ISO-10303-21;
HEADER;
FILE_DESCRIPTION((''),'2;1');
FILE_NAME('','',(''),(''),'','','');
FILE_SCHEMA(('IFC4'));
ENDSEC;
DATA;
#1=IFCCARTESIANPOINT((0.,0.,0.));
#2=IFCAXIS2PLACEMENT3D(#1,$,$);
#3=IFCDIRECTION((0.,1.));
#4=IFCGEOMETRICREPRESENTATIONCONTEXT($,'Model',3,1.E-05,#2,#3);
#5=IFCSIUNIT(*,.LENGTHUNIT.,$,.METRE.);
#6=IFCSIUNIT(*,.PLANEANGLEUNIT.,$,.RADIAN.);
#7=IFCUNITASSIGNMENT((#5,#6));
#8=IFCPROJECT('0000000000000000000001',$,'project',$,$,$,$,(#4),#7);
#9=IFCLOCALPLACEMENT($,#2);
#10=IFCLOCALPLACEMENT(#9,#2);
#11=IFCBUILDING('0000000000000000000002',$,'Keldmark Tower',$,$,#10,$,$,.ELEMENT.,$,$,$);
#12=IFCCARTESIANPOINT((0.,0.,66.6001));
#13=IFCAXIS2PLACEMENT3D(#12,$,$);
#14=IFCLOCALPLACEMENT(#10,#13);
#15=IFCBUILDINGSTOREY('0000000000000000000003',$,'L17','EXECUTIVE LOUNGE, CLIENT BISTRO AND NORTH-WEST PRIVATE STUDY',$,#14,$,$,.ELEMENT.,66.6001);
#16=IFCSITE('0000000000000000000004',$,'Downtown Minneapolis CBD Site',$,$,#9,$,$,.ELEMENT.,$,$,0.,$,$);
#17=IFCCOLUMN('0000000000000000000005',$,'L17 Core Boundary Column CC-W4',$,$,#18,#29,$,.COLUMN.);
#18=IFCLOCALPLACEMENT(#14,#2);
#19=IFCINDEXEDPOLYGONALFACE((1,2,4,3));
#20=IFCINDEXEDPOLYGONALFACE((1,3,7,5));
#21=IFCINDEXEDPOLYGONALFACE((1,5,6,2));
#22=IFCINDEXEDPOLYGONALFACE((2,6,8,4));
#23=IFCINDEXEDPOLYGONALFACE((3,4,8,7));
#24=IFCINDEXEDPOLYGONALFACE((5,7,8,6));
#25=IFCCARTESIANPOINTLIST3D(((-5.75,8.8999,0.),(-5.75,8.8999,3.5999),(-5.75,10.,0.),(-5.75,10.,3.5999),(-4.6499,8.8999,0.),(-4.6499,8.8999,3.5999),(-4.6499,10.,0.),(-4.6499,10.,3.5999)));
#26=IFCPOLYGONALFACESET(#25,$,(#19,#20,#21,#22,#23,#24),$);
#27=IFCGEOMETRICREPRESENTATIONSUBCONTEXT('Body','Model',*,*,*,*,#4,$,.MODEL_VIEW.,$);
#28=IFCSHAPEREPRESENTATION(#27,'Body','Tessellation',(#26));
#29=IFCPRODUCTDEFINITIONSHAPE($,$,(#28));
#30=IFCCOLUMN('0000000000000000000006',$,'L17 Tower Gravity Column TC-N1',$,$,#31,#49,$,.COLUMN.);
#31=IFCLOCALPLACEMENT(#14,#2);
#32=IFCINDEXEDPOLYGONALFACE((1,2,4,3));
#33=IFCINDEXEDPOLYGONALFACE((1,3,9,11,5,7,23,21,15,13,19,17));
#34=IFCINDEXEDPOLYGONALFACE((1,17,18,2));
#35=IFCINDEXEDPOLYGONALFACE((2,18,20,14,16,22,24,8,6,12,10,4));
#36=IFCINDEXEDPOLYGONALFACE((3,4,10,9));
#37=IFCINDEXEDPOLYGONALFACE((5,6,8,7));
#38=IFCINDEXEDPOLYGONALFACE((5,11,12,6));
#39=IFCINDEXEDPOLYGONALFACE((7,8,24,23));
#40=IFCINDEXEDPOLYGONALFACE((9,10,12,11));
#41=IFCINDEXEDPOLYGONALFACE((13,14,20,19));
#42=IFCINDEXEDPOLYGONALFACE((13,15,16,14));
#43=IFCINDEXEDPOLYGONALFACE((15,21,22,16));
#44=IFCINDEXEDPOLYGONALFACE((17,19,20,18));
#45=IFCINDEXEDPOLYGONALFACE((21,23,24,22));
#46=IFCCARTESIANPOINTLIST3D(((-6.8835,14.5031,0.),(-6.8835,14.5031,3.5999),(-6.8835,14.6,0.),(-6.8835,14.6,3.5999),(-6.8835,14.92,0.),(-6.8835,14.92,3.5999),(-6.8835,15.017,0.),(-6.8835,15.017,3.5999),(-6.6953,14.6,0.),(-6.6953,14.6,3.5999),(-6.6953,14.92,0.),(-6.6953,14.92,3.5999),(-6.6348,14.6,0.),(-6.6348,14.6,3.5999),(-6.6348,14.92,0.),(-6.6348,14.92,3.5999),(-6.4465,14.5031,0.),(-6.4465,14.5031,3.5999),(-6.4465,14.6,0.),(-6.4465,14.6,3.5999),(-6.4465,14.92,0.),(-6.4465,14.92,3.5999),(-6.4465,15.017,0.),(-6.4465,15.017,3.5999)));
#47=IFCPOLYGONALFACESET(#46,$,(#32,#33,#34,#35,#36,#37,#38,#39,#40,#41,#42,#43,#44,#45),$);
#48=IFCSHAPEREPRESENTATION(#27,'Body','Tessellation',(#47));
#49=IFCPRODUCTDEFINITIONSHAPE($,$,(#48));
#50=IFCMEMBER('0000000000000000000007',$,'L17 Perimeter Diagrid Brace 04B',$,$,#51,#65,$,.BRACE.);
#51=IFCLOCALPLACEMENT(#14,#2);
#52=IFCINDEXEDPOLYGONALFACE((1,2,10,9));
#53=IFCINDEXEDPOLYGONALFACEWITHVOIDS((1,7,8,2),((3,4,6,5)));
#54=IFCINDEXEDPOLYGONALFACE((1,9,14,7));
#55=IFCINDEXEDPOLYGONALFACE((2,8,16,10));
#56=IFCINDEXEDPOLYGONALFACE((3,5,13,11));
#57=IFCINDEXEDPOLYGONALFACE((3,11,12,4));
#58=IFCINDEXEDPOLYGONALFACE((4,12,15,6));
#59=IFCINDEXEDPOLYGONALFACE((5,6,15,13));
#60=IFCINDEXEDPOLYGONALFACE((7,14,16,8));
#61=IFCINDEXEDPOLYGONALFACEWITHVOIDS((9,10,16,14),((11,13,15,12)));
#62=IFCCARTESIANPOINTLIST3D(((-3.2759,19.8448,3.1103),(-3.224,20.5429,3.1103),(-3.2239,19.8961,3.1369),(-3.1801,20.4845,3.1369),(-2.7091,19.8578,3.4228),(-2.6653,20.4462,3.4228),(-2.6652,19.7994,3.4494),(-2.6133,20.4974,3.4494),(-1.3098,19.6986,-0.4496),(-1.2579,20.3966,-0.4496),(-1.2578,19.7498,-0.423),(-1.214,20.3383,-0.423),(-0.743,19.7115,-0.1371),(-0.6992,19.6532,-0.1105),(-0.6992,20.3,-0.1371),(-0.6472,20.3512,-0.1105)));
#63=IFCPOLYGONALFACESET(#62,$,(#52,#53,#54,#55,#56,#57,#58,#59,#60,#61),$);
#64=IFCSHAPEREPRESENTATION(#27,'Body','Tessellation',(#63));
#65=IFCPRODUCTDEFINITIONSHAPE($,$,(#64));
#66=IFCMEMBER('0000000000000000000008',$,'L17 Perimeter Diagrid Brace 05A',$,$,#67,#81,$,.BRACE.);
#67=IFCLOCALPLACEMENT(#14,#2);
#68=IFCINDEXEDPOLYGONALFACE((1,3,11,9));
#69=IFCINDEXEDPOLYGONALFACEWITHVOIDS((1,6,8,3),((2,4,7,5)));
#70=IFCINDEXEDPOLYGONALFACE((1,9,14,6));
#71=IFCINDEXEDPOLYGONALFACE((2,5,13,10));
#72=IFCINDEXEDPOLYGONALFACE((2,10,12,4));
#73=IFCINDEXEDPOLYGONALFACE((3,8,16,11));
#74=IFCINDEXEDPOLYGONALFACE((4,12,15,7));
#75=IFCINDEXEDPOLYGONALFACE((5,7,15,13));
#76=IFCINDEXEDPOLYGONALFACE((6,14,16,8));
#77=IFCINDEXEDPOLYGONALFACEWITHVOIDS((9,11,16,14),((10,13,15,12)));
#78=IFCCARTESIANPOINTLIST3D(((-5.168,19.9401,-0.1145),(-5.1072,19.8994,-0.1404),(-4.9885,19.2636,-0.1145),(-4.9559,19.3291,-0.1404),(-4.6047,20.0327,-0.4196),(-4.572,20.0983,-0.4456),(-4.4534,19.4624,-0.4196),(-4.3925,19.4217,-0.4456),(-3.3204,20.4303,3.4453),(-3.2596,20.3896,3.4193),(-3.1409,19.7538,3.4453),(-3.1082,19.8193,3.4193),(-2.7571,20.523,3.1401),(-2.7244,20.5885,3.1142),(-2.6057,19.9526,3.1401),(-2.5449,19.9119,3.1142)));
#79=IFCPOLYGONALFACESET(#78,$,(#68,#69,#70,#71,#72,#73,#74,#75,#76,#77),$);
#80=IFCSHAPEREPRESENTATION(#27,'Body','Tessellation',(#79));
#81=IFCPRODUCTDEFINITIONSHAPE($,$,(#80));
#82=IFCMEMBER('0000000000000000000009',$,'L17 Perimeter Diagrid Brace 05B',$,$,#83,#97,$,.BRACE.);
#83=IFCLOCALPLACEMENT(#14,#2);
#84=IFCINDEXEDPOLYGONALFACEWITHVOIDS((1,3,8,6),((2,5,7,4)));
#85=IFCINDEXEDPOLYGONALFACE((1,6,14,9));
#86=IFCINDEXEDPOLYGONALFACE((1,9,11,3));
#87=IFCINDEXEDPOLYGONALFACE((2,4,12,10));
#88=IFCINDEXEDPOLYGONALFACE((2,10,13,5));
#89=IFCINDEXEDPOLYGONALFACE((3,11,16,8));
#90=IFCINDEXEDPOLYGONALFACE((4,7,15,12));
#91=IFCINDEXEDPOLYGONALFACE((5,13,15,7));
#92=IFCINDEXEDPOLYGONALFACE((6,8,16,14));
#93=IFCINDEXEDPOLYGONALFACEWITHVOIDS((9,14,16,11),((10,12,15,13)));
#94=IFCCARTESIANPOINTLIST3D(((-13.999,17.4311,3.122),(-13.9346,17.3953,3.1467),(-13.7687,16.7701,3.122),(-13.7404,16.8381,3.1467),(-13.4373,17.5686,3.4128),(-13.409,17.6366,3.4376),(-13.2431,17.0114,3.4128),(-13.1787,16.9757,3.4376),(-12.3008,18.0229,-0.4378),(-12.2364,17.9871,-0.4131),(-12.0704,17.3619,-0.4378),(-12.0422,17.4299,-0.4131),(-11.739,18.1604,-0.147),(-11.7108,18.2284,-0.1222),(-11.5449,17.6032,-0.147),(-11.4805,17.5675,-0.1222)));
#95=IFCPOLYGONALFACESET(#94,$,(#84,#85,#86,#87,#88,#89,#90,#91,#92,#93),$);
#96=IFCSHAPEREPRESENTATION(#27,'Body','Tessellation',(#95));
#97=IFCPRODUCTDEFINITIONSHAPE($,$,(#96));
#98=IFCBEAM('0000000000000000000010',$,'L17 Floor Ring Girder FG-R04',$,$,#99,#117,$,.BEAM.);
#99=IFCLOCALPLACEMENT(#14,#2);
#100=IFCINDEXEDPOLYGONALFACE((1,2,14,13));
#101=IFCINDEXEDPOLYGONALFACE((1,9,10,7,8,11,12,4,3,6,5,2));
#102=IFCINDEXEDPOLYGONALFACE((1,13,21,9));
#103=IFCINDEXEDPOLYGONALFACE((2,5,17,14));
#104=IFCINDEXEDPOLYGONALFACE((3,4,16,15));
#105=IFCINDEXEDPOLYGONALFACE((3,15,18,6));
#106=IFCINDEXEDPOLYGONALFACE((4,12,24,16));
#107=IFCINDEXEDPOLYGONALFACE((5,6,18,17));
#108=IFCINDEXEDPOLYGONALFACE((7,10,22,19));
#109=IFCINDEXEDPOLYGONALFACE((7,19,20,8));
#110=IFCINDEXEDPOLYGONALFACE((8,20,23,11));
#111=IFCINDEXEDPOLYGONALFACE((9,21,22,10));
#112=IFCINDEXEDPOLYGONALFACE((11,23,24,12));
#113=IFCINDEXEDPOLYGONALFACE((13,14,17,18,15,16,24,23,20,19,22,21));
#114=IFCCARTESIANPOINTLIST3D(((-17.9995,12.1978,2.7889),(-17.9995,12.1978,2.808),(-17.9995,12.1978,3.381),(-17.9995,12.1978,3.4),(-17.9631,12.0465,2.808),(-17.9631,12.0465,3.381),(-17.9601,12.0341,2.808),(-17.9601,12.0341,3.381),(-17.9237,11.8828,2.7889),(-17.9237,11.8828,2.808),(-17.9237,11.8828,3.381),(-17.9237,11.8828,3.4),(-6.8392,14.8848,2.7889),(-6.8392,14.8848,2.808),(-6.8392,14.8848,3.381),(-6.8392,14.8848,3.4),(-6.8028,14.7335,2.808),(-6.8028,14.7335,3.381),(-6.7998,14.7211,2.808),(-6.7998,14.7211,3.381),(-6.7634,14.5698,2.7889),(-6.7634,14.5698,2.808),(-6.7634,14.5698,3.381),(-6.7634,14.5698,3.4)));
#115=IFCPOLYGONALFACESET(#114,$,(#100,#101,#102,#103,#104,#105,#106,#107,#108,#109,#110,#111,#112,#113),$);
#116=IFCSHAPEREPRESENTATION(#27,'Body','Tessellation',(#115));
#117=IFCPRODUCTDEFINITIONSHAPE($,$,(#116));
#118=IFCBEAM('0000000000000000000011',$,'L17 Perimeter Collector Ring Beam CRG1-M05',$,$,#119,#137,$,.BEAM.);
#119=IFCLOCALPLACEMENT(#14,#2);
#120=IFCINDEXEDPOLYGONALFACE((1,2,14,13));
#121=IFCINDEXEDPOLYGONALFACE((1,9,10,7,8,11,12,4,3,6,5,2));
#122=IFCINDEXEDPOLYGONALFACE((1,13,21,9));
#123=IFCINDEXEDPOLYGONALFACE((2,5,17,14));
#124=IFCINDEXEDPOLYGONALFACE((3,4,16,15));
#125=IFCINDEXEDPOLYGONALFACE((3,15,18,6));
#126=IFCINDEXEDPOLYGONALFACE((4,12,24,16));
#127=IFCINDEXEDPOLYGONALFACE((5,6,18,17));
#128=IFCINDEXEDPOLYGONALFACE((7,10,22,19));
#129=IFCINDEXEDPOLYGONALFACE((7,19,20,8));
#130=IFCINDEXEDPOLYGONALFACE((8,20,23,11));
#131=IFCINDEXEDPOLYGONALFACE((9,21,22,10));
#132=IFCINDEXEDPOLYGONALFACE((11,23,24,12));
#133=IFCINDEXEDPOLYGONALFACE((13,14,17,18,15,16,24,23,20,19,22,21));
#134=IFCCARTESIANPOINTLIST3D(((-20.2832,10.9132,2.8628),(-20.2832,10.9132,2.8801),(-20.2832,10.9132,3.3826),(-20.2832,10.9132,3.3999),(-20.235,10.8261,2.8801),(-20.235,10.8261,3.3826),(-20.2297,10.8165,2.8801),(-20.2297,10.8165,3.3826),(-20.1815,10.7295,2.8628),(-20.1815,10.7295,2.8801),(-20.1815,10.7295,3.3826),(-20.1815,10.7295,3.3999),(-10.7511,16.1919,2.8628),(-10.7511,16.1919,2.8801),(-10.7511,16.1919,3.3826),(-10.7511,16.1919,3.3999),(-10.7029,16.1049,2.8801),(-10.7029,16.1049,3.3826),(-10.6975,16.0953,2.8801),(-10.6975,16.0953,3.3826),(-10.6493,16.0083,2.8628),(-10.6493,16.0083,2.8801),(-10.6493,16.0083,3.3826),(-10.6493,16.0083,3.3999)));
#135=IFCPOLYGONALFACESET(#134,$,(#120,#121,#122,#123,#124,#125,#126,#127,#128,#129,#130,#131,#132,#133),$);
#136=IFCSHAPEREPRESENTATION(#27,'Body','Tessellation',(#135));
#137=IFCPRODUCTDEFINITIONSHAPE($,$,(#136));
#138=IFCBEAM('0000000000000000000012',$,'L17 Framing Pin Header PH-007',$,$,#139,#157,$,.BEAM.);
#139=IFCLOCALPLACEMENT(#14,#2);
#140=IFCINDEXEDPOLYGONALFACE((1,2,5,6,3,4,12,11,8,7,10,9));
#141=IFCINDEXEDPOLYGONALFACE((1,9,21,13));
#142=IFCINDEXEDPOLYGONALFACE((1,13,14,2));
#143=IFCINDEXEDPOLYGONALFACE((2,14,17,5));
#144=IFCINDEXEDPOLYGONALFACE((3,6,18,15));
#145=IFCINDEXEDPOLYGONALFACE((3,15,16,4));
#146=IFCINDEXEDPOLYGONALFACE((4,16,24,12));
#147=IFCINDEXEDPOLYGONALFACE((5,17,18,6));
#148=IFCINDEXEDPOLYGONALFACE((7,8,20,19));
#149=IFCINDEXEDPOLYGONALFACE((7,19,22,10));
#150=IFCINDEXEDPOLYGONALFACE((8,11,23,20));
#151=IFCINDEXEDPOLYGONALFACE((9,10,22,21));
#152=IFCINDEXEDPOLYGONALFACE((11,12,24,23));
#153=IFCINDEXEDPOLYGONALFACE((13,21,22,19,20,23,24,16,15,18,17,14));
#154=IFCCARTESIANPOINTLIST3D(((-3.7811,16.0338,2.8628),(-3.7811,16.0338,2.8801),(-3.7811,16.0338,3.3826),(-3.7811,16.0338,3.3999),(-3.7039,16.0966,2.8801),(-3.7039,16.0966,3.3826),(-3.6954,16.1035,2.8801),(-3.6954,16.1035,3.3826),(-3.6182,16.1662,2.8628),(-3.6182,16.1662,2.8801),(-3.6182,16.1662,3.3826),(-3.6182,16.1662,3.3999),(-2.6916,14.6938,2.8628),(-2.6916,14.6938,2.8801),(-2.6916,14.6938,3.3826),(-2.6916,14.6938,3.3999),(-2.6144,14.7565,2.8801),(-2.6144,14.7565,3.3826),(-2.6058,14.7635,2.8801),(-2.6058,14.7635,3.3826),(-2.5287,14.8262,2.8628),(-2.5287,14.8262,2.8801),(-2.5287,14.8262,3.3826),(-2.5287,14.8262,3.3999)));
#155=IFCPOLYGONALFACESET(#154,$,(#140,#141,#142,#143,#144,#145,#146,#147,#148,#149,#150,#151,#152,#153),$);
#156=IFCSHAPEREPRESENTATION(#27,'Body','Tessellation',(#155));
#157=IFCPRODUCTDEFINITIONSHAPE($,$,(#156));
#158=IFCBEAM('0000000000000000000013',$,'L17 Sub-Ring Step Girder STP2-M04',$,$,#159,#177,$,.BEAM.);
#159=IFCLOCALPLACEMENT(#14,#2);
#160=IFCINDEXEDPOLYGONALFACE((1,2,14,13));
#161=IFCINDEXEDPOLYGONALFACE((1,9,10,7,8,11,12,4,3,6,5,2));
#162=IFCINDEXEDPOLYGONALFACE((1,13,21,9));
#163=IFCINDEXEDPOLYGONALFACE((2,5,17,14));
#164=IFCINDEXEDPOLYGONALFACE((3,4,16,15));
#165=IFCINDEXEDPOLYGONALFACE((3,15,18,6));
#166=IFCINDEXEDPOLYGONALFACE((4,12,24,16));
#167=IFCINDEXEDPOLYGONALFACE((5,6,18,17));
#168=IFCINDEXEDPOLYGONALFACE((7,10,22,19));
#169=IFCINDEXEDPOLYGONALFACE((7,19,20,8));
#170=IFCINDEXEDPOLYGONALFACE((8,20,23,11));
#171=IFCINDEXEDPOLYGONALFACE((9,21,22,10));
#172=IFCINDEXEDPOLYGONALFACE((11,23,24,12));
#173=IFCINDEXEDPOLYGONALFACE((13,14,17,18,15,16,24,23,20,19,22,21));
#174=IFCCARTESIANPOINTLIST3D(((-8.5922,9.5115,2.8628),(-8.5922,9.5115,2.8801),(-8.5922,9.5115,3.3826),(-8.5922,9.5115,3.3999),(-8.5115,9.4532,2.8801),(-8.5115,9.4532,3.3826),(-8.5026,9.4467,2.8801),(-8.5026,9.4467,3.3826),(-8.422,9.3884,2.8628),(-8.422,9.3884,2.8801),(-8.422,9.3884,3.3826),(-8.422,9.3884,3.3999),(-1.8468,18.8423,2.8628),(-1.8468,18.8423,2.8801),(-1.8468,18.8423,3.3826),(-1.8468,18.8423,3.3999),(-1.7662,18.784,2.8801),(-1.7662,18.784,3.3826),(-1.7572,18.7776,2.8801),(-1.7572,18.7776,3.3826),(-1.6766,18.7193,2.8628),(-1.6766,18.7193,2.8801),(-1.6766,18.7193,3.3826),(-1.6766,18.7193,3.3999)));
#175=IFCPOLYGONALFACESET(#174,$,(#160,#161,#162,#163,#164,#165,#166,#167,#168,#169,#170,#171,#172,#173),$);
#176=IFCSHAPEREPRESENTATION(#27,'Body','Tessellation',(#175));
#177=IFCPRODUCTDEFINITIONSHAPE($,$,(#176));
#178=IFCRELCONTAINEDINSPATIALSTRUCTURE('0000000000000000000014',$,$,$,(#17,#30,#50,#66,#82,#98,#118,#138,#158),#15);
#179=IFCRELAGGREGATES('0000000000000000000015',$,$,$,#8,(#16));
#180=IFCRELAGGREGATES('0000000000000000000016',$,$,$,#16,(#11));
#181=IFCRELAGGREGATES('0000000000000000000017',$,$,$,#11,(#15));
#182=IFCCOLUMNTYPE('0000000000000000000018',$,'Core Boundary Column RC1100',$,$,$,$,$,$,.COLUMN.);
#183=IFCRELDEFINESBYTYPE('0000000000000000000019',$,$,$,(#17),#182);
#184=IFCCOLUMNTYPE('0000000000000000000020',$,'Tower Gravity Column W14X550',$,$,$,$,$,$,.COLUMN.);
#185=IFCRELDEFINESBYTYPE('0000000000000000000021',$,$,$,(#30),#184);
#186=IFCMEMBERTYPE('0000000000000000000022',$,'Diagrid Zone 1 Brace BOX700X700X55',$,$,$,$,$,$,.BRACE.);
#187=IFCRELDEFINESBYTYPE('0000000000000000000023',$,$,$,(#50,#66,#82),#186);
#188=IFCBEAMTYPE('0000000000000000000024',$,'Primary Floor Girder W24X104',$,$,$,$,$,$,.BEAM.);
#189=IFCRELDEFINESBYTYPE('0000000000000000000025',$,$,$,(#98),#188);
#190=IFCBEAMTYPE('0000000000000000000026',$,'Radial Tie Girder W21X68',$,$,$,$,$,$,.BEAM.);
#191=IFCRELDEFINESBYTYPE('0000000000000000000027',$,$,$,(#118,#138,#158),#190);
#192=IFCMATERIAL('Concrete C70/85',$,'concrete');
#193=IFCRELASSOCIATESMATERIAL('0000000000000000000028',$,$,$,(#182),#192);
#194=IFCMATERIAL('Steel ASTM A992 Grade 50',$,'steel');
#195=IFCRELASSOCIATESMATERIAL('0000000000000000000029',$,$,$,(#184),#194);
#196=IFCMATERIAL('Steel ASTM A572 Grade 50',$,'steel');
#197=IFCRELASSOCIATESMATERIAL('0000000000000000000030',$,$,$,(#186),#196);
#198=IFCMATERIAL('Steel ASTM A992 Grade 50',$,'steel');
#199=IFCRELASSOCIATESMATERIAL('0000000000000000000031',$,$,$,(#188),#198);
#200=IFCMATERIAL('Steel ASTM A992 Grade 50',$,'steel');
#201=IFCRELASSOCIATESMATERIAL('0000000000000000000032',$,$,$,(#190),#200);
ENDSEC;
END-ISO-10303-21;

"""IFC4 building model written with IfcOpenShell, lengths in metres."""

from ifc_helpers import new_model, si_unit, direction, frame, origin, origin_2d, place, context, subcontext, project, spatial, rectangle, hollow_rectangle, i_section, extrude, material, material_profile, profile_set, type_object, element, save


model = new_model("IFC4")

# Units and contexts
model_context = context("Model", 3, precision=1e-05, world=origin(), true_north=direction((0.0, 1.0)))
body_context = subcontext(model_context, "Body", "Model", "MODEL_VIEW")
ifc_project = project(units=[si_unit("LENGTHUNIT", "METRE"), si_unit("PLANEANGLEUNIT", "RADIAN")], contexts=[model_context])

# Site, building, storey
site_placement = place(None, origin())
site = spatial("IfcSite", under=ifc_project, at=site_placement, Name="Downtown Minneapolis CBD Site", CompositionType="ELEMENT", RefElevation=0.0)
building_placement = place(site_placement, origin())
building = spatial("IfcBuilding", under=site, at=building_placement, Name="Keldmark Tower", CompositionType="ELEMENT")
storey_placement = place(building_placement, frame((0.0, 0.0, 66.6001)))
storey = spatial("IfcBuildingStorey", under=building, at=storey_placement, Name="L17", Description="EXECUTIVE LOUNGE, CLIENT BISTRO AND NORTH-WEST PRIVATE STUDY", CompositionType="ELEMENT", Elevation=66.6001)

# Columns
ifc_material_1 = material(Name="Concrete C70/85", Category="concrete")
ifc_material_profile_1 = material_profile(ifc_material_1, rectangle(XDim=1.1001, YDim=1.1001, at=origin_2d()), Name="RC1100X1100")
ifc_profile_set_1 = profile_set([ifc_material_profile_1], Name="Concrete C70/85")
column_type_1 = type_object("IfcColumnType", Name="Core Boundary Column RC1100", PredefinedType="COLUMN", material=ifc_profile_set_1)
column_1_placement = place(storey_placement, frame((-5.2, 9.45, 0.0), z_axis=(0.0, 0.0, 1.0), x_axis=(1.0, 0.0, 0.0)))
element("IfcColumn", 1, at=column_1_placement, inside=storey, type_object=column_type_1, Name="L17 Core Boundary Column CC-W4", PredefinedType="COLUMN", context=body_context, shape_type="SweptSolid", body=[
    extrude(rectangle(XDim=1.1001, YDim=1.1001, at=origin_2d()), origin(), (0.0, 0.0, 1.0), 3.5999),
])
ifc_material_2 = material(Name="Steel ASTM A992 Grade 50", Category="steel")
ifc_material_profile_2 = material_profile(ifc_material_2, i_section(OverallWidth=0.437, OverallDepth=0.5139, WebThickness=0.0605, FlangeThickness=0.0969, at=origin_2d()), Name="W14X550")
ifc_profile_set_2 = profile_set([ifc_material_profile_2], Name="Steel ASTM A992 Grade 50")
column_type_2 = type_object("IfcColumnType", Name="Tower Gravity Column W14X550", PredefinedType="COLUMN", material=ifc_profile_set_2)
column_2_placement = place(storey_placement, frame((-6.665, 14.76, 0.0), z_axis=(0.0, 0.0, 1.0), x_axis=(1.0, 0.0, 0.0)))
element("IfcColumn", 2, at=column_2_placement, inside=storey, type_object=column_type_2, Name="L17 Tower Gravity Column TC-N1", PredefinedType="COLUMN", context=body_context, shape_type="SweptSolid", body=[
    extrude(i_section(OverallWidth=0.437, OverallDepth=0.5139, WebThickness=0.0605, FlangeThickness=0.0969, at=origin_2d()), origin(), (0.0, 0.0, 1.0), 3.5999),
])

# Members
ifc_material_3 = material(Name="Steel ASTM A572 Grade 50", Category="steel")
ifc_material_profile_3 = material_profile(ifc_material_3, hollow_rectangle(XDim=0.7, YDim=0.7, WallThickness=0.0549, at=origin_2d()), Name="BOX700X700X55")
ifc_profile_set_3 = profile_set([ifc_material_profile_3], Name="Steel ASTM A572 Grade 50")
member_type = type_object("IfcMemberType", Name="Diagrid Zone 1 Brace BOX700X700X55", PredefinedType="BRACE", material=ifc_profile_set_3)
member_1_placement = place(storey_placement, frame((-0.9785, 20.0249, -0.28), z_axis=(-0.483147, 0.035938, 0.874801), x_axis=(-0.074177, -0.997245, 0.0)))
element("IfcMember", 3, at=member_1_placement, inside=storey, type_object=member_type, Name="L17 Perimeter Diagrid Brace 04B", PredefinedType="BRACE", context=body_context, shape_type="SweptSolid", body=[
    extrude(hollow_rectangle(XDim=0.7, YDim=0.7, WallThickness=0.0549, at=origin_2d()), origin(), (0.0, 0.0, 1.0), 4.0693),
])
member_2_placement = place(storey_placement, frame((-4.7803, 19.6809, -0.28), z_axis=(0.457273, 0.121327, 0.881012), x_axis=(-0.256454, 0.966556, 0.0)))
element("IfcMember", 4, at=member_2_placement, inside=storey, type_object=member_type, Name="L17 Perimeter Diagrid Brace 05A", PredefinedType="BRACE", context=body_context, shape_type="SweptSolid", body=[
    extrude(hollow_rectangle(XDim=0.7, YDim=0.7, WallThickness=0.0549, at=origin_2d()), origin(), (0.0, 0.0, 1.0), 4.0405),
])
member_3_placement = place(storey_placement, frame((-11.8906, 17.7952, -0.28), z_axis=(-0.425806, -0.148383, 0.892565), x_axis=(0.329068, -0.944306, 0.0)))
element("IfcMember", 5, at=member_3_placement, inside=storey, type_object=member_type, Name="L17 Perimeter Diagrid Brace 05B", PredefinedType="BRACE", context=body_context, shape_type="SweptSolid", body=[
    extrude(hollow_rectangle(XDim=0.7, YDim=0.7, WallThickness=0.0549, at=origin_2d()), origin(), (0.0, 0.0, 1.0), 3.9883),
])

# Beams
ifc_material_4 = material(Name="Steel ASTM A992 Grade 50", Category="steel")
ifc_material_profile_4 = material_profile(ifc_material_4, i_section(OverallWidth=0.324, OverallDepth=0.6111, WebThickness=0.0127, FlangeThickness=0.019, at=origin_2d()), Name="W24X104")
ifc_profile_set_4 = profile_set([ifc_material_profile_4], Name="Steel ASTM A992 Grade 50")
beam_type_1 = type_object("IfcBeamType", Name="Primary Floor Girder W24X104", PredefinedType="BEAM", material=ifc_profile_set_4)
beam_1_placement = place(storey_placement, frame((-6.8013, 14.7273, 3.0945), z_axis=(-0.972219, -0.234074, 0.0), x_axis=(0.234074, -0.972219, 0.0)))
element("IfcBeam", 6, at=beam_1_placement, inside=storey, type_object=beam_type_1, Name="L17 Floor Ring Girder FG-R04", PredefinedType="BEAM", context=body_context, shape_type="SweptSolid", body=[
    extrude(i_section(OverallWidth=0.324, OverallDepth=0.6111, WebThickness=0.0127, FlangeThickness=0.019, at=origin_2d()), origin(), (0.0, 0.0, 1.0), 11.4792),
])
ifc_material_5 = material(Name="Steel ASTM A992 Grade 50", Category="steel")
ifc_material_profile_5 = material_profile(ifc_material_5, i_section(OverallWidth=0.21, OverallDepth=0.5371, WebThickness=0.011, FlangeThickness=0.0173, at=origin_2d()), Name="W21X68")
ifc_profile_set_5 = profile_set([ifc_material_profile_5], Name="Steel ASTM A992 Grade 50")
beam_type_2 = type_object("IfcBeamType", Name="Radial Tie Girder W21X68", PredefinedType="BEAM", material=ifc_profile_set_5)
beam_2_placement = place(storey_placement, frame((-10.7002, 16.1001, 3.1313), z_axis=(-0.874814, -0.484459, 0.0), x_axis=(0.484459, -0.874814, 0.0)))
element("IfcBeam", 7, at=beam_2_placement, inside=storey, type_object=beam_type_2, Name="L17 Perimeter Collector Ring Beam CRG1-M05", PredefinedType="BEAM", context=body_context, shape_type="SweptSolid", body=[
    extrude(i_section(OverallWidth=0.21, OverallDepth=0.5371, WebThickness=0.011, FlangeThickness=0.0173, at=origin_2d()), origin(), (0.0, 0.0, 1.0), 10.8962),
])
beam_3_placement = place(storey_placement, frame((-2.6101, 14.76, 3.1313), z_axis=(-0.630864, 0.775893, 0.0), x_axis=(-0.775893, -0.630864, 0.0)))
element("IfcBeam", 8, at=beam_3_placement, inside=storey, type_object=beam_type_2, Name="L17 Framing Pin Header PH-007", PredefinedType="BEAM", context=body_context, shape_type="SweptSolid", body=[
    extrude(i_section(OverallWidth=0.21, OverallDepth=0.5371, WebThickness=0.011, FlangeThickness=0.0173, at=origin_2d()), origin(), (0.0, 0.0, 1.0), 1.7271),
])
beam_4_placement = place(storey_placement, frame((-8.5071, 9.45, 3.1313), z_axis=(0.585858, 0.810414, 0.0), x_axis=(-0.810414, 0.585858, 0.0)))
element("IfcBeam", 9, at=beam_4_placement, inside=storey, type_object=beam_type_2, Name="L17 Sub-Ring Step Girder STP2-M04", PredefinedType="BEAM", context=body_context, shape_type="SweptSolid", body=[
    extrude(i_section(OverallWidth=0.21, OverallDepth=0.5371, WebThickness=0.011, FlangeThickness=0.0173, at=origin_2d()), origin(), (0.0, 0.0, 1.0), 11.5137),
])

save(model, "model.ifc")
